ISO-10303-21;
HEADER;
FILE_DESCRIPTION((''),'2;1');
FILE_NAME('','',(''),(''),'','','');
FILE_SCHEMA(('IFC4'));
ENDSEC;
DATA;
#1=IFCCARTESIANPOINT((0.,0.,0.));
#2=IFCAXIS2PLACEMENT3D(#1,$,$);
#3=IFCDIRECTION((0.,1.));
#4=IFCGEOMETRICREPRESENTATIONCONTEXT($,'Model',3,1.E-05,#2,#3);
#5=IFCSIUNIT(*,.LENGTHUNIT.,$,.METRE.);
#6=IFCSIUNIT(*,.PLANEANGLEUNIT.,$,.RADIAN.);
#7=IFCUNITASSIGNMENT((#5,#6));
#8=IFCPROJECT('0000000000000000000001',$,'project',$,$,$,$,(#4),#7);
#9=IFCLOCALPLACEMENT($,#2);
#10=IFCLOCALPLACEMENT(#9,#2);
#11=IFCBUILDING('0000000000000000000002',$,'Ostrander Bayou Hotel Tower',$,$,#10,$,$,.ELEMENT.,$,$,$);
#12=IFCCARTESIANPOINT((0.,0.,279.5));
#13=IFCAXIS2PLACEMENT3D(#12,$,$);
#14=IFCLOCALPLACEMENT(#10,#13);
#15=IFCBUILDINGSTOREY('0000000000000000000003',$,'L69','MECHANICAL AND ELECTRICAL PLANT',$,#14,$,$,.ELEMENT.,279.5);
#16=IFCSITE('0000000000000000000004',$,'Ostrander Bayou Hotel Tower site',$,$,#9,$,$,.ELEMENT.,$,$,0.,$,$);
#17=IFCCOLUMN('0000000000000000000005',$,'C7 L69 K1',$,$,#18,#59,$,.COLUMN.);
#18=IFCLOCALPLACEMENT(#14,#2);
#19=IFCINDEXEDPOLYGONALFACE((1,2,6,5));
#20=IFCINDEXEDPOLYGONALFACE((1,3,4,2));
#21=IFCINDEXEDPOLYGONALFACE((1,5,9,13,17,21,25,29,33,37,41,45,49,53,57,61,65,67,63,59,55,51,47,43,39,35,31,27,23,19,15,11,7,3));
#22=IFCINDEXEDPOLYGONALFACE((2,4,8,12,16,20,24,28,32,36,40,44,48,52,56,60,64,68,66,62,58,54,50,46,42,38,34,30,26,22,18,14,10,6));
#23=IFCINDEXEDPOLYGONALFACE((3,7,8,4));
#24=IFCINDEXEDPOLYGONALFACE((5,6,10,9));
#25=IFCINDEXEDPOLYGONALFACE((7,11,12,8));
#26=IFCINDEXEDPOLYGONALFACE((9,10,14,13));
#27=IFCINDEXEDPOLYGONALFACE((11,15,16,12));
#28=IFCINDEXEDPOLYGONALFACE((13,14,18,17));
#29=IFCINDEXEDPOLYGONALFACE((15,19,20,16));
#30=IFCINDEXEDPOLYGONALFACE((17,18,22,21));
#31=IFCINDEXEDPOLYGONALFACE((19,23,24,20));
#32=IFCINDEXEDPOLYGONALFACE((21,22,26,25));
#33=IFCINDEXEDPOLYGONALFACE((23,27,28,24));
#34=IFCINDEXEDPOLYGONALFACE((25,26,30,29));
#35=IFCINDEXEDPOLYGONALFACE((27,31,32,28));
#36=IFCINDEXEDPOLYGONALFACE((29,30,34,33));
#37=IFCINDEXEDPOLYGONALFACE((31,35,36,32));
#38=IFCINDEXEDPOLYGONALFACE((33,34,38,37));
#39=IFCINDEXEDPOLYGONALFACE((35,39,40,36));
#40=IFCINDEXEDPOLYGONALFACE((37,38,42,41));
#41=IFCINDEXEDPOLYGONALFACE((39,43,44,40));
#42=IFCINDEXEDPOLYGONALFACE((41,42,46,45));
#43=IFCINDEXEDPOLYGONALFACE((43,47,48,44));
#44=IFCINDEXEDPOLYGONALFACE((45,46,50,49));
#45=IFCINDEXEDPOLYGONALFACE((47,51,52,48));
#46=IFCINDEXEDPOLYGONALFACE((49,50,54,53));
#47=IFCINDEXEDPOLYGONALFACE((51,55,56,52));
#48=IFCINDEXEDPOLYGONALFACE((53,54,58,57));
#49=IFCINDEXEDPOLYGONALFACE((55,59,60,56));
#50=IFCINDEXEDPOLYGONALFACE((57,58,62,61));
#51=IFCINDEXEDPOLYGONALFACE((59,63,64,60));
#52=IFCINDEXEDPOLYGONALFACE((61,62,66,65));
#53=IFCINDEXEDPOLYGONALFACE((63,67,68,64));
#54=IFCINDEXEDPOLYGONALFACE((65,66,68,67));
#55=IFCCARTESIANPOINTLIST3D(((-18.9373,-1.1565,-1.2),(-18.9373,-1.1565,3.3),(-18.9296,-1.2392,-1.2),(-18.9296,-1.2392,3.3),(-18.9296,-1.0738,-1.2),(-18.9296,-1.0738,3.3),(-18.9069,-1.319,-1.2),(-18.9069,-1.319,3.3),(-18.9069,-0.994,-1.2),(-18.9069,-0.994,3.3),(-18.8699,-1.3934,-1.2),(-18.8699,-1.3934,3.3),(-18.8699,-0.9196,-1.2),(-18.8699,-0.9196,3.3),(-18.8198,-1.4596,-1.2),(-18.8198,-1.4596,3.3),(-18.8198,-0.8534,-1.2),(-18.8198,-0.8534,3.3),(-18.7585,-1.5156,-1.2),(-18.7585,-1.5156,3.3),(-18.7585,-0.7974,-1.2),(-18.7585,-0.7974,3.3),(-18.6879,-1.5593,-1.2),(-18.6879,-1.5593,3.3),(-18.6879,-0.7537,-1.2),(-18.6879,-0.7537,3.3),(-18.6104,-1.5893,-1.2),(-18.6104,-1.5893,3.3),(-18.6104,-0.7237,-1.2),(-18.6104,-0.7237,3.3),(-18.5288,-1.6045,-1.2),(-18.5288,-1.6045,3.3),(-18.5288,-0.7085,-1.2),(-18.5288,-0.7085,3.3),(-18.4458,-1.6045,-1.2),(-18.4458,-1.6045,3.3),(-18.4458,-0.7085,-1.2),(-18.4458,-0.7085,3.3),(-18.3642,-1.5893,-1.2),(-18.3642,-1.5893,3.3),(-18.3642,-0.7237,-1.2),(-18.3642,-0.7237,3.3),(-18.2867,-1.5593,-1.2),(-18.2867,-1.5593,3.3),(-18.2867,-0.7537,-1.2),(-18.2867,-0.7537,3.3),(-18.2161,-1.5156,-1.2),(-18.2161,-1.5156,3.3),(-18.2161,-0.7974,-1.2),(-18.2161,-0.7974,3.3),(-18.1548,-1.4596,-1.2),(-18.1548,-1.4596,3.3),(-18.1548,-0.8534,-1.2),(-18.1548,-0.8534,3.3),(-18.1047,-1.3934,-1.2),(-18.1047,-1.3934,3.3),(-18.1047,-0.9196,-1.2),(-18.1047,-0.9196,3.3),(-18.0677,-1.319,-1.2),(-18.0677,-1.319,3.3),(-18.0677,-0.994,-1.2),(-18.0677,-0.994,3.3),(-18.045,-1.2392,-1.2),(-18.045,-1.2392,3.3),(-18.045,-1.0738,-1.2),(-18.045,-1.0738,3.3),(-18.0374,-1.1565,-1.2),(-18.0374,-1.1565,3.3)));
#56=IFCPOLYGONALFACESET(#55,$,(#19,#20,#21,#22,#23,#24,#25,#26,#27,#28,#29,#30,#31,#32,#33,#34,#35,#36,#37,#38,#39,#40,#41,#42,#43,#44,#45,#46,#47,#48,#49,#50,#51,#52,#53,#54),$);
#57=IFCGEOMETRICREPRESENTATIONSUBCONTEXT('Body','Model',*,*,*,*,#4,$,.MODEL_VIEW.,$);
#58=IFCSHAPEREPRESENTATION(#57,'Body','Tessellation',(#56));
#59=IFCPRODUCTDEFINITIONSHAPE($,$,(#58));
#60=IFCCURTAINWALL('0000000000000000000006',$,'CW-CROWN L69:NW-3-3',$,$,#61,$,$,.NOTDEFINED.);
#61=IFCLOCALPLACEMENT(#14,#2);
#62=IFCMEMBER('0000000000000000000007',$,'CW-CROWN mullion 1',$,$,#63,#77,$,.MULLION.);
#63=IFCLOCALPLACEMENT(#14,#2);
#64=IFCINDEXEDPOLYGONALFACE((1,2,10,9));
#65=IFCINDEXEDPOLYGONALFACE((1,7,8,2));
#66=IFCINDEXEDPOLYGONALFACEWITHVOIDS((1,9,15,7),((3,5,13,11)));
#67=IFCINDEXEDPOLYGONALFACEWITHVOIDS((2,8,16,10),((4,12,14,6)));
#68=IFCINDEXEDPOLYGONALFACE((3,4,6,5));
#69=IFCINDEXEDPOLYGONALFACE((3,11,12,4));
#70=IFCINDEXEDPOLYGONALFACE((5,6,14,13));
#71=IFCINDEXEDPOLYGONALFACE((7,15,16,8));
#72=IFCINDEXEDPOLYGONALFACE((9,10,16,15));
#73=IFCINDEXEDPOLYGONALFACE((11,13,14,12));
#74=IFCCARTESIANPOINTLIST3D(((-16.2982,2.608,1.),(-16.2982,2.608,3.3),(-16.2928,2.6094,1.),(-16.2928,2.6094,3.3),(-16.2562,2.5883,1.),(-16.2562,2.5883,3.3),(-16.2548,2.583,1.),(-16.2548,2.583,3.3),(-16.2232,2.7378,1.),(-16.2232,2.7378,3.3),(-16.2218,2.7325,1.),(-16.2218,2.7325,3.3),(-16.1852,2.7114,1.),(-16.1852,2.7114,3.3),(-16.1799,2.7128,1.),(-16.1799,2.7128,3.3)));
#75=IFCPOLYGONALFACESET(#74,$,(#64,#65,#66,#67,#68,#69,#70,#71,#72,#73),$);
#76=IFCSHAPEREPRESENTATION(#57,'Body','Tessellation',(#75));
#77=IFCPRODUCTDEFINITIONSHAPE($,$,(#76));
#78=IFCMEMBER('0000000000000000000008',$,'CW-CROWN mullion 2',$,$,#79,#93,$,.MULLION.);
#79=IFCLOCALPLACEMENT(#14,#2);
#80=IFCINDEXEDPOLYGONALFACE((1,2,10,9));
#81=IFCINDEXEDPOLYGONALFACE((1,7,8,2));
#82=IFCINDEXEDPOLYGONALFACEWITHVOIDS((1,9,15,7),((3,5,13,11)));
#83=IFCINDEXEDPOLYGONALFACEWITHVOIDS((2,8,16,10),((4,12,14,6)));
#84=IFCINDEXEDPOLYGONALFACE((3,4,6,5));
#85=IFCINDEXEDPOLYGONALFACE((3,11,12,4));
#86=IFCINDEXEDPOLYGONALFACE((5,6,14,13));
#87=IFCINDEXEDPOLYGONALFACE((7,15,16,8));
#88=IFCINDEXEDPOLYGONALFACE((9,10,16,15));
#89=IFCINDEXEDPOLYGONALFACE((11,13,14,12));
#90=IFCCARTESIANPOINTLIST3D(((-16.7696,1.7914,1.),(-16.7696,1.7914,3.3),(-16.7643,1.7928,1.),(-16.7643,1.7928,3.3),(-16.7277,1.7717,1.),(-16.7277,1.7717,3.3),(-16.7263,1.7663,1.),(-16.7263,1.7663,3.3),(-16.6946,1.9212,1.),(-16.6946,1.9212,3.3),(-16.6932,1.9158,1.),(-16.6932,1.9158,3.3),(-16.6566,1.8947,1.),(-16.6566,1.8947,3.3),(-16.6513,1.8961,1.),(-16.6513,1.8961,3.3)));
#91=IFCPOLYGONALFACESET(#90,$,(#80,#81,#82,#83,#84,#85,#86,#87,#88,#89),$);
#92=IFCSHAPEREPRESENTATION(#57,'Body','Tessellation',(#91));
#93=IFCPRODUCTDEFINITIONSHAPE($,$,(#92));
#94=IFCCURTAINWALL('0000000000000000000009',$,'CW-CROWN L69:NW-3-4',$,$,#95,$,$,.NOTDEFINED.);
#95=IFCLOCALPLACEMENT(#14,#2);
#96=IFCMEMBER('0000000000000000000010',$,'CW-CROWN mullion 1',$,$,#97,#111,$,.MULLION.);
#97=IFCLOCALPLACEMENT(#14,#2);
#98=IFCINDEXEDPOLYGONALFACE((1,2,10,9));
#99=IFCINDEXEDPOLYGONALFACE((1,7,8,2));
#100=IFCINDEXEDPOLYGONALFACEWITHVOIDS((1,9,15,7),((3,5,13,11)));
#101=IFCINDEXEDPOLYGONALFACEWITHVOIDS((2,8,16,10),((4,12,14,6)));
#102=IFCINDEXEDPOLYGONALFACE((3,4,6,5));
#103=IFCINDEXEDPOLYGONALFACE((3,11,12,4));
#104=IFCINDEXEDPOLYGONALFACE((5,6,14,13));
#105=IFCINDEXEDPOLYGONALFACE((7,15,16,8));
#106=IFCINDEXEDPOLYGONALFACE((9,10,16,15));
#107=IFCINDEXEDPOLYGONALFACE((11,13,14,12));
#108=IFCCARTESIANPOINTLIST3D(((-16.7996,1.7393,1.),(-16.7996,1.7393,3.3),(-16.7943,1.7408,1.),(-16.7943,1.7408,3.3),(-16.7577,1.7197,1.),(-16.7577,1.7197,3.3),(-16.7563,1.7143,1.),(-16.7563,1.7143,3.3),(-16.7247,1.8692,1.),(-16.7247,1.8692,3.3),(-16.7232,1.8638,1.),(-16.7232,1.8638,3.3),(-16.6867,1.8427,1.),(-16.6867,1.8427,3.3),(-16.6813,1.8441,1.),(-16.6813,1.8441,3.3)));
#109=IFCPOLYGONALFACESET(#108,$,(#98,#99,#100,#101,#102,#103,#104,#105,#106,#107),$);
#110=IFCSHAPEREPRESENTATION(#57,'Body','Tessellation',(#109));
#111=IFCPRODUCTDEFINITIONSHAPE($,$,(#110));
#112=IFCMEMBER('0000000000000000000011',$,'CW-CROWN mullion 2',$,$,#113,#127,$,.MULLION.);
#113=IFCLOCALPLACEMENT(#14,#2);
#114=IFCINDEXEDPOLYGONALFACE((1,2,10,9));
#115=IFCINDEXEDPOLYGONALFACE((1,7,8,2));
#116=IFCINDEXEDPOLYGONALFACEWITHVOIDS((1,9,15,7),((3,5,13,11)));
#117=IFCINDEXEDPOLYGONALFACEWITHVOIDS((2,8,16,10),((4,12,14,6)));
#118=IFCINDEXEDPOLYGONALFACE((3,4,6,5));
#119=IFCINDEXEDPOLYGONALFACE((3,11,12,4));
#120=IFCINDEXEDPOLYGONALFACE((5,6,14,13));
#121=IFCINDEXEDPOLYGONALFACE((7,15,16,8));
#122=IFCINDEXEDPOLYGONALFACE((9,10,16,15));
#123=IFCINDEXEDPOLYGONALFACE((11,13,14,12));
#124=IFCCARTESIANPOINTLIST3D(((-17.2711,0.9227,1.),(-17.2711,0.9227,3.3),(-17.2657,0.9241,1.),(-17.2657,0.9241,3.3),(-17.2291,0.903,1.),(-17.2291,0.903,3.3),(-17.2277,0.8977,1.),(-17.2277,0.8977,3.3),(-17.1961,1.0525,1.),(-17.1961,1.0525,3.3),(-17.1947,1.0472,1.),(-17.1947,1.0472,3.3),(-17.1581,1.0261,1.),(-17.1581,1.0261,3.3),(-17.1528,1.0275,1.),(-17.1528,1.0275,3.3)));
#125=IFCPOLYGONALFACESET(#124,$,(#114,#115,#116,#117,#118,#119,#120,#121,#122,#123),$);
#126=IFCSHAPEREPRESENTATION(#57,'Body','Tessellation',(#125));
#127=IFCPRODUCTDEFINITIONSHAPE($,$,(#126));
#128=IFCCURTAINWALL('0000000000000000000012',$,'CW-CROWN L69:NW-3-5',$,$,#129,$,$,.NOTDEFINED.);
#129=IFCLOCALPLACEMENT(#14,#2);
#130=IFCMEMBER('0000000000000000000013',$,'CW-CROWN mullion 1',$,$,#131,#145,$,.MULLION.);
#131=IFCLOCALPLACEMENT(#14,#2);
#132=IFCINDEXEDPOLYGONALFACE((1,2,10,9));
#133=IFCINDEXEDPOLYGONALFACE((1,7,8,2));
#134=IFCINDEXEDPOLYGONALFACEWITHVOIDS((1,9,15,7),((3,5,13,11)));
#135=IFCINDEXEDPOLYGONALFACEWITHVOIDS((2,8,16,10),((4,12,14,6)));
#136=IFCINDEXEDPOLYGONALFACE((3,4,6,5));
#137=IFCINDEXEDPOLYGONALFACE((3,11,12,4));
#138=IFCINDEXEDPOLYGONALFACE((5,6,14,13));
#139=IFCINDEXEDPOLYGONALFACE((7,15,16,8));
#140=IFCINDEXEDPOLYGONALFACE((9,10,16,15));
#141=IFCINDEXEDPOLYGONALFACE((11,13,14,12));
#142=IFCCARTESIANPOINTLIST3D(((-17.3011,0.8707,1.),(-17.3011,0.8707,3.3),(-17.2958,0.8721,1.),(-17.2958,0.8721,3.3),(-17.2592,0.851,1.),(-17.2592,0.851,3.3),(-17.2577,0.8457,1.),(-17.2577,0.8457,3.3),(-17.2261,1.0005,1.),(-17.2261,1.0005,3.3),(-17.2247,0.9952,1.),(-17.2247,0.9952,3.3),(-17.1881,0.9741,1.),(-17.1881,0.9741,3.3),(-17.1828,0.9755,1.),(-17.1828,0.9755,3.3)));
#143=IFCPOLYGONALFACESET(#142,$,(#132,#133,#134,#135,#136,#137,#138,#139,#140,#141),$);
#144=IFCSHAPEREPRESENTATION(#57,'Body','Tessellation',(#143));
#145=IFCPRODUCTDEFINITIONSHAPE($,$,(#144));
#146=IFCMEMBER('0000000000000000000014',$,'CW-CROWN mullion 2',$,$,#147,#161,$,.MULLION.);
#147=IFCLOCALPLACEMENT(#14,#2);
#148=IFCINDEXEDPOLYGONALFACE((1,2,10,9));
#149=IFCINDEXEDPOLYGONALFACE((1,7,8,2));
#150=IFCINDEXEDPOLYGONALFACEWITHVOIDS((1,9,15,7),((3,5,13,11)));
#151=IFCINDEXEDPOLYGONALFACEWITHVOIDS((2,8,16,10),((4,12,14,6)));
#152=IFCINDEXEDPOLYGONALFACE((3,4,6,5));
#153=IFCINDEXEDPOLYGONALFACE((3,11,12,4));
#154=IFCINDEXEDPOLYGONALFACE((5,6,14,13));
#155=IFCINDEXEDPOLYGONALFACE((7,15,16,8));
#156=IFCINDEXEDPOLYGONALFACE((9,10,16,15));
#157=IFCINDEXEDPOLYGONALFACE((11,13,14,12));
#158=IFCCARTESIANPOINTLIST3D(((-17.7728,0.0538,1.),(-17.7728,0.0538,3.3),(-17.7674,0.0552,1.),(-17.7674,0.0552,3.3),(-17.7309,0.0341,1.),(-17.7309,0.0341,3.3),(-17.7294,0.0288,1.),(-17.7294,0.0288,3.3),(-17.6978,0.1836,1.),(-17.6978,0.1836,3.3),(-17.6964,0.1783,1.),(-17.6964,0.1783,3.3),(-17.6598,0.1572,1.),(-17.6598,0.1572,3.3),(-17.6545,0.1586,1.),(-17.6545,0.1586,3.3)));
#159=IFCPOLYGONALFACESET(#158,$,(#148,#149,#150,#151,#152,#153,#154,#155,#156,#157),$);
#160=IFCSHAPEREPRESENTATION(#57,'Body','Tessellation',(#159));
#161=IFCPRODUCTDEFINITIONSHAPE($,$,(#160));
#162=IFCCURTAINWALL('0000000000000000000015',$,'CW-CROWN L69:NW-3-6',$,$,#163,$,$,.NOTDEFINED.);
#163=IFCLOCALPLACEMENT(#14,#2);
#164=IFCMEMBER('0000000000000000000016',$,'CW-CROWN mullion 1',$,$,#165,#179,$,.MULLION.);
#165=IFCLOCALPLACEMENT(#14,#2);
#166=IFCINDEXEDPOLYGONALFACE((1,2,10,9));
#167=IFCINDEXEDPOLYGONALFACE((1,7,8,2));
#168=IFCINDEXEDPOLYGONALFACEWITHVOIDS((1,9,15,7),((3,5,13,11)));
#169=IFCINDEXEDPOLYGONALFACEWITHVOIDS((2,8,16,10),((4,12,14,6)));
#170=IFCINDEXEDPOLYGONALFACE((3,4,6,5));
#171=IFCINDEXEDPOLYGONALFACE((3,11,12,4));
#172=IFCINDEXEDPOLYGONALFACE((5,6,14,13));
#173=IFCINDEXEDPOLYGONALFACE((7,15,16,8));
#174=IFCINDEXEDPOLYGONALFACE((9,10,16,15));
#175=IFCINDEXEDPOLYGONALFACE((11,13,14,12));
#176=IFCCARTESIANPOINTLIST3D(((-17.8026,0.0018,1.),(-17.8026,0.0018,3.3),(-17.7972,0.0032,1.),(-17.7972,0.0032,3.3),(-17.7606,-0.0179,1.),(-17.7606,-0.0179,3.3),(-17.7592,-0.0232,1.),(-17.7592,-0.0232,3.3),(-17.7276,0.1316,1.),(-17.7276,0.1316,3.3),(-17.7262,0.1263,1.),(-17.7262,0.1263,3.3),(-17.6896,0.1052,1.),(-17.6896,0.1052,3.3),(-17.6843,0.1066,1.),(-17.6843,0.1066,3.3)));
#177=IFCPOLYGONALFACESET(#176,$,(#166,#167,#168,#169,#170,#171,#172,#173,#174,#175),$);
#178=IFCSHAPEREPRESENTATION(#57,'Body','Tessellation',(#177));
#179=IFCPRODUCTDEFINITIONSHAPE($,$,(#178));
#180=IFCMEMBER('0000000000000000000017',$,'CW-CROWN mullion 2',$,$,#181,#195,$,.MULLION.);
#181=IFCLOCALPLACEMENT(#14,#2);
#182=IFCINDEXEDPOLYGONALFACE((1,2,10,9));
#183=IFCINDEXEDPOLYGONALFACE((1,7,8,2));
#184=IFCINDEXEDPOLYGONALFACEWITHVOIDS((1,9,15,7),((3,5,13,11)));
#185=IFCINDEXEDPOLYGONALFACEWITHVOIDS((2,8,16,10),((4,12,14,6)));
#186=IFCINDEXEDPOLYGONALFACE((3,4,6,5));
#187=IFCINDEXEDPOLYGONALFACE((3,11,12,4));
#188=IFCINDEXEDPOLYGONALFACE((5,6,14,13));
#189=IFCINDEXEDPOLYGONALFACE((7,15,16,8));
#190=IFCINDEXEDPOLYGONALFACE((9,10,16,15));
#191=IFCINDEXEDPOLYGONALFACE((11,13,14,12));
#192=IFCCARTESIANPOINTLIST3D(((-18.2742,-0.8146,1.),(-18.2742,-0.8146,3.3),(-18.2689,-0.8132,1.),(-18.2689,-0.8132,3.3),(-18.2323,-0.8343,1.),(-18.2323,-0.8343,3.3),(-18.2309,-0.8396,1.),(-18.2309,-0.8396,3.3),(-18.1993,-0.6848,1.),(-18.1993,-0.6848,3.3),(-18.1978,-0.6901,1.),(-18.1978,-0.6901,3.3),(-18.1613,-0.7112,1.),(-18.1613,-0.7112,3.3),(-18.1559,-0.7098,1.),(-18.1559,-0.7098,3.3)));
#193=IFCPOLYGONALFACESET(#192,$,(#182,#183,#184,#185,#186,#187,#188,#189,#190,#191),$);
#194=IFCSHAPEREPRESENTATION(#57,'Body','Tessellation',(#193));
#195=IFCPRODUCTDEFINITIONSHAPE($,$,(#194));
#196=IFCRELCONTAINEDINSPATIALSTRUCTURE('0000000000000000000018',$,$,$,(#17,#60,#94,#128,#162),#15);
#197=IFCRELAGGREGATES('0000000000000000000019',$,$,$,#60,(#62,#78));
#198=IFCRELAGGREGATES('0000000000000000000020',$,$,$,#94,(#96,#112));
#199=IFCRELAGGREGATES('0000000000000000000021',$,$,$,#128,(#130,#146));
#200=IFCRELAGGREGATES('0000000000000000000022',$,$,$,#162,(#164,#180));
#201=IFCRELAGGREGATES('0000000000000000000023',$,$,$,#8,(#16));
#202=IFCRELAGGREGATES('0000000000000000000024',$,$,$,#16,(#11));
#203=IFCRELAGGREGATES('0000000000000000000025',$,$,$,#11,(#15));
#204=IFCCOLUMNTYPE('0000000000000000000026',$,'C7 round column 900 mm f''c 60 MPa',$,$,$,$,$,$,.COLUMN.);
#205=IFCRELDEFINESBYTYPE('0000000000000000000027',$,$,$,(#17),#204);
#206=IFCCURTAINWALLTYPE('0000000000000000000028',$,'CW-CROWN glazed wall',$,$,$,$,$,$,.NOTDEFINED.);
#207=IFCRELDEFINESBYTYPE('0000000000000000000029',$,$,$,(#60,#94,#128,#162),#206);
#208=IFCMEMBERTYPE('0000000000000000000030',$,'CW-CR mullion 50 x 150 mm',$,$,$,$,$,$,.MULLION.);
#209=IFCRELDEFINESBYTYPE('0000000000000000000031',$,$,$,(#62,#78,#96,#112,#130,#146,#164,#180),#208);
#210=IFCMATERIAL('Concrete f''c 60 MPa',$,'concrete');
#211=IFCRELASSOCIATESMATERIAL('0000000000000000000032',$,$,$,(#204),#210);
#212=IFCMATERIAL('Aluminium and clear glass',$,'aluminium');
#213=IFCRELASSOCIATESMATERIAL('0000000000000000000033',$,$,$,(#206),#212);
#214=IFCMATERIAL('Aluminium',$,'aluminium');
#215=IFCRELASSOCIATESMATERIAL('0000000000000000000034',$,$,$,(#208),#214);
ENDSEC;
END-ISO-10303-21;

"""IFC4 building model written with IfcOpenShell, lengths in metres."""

from ifc_helpers import new_model, si_unit, direction, frame, origin, origin_2d, place, context, subcontext, project, spatial, hollow_rectangle, circle, extrude, material, material_profile, profile_set, type_object, element, aggregate, save


model = new_model("IFC4")

# Units and contexts
model_context = context("Model", 3, precision=1e-05, world=origin(), true_north=direction((0.0, 1.0)))
body_context = subcontext(model_context, "Body", "Model", "MODEL_VIEW")
ifc_project = project(units=[si_unit("LENGTHUNIT", "METRE"), si_unit("PLANEANGLEUNIT", "RADIAN")], contexts=[model_context])

# Site, building, storey
site_placement = place(None, origin())
site = spatial("IfcSite", under=ifc_project, at=site_placement, Name="Ostrander Bayou Hotel Tower site", CompositionType="ELEMENT", RefElevation=0.0)
building_placement = place(site_placement, origin())
building = spatial("IfcBuilding", under=site, at=building_placement, Name="Ostrander Bayou Hotel Tower", CompositionType="ELEMENT")
storey_placement = place(building_placement, frame((0.0, 0.0, 279.5)))
storey = spatial("IfcBuildingStorey", under=building, at=storey_placement, Name="L69", Description="MECHANICAL AND ELECTRICAL PLANT", CompositionType="ELEMENT", Elevation=279.5)

# Column
ifc_material_1 = material(Name="Concrete f'c 60 MPa", Category="concrete")
ifc_material_profile_1 = material_profile(ifc_material_1, circle(Radius=0.45, at=origin_2d()))
ifc_profile_set_1 = profile_set([ifc_material_profile_1], Name="Concrete f'c 60 MPa")
column_type = type_object("IfcColumnType", Name="C7 round column 900 mm f'c 60 MPa", PredefinedType="COLUMN", material=ifc_profile_set_1)
column_placement = place(storey_placement, frame((-18.4873, -1.1565, -1.2), z_axis=(0.0, 0.0, 1.0), x_axis=(1.0, 0.0, 0.0)))
element("IfcColumn", 1, at=column_placement, inside=storey, type_object=column_type, Name="C7 L69 K1", PredefinedType="COLUMN", context=body_context, shape_type="SweptSolid", body=[
    extrude(circle(Radius=0.45, at=origin_2d()), origin(), (0.0, 0.0, 1.0), 4.5),
])

# Curtain walls, members
ifc_material_2 = material(Name="Aluminium and clear glass", Category="aluminium")
curtain_wall_type = type_object("IfcCurtainWallType", Name="CW-CROWN glazed wall", PredefinedType="NOTDEFINED", material=ifc_material_2)
curtain_wall_1_placement = place(storey_placement, origin())
curtain_wall_1 = element("IfcCurtainWall", 2, at=curtain_wall_1_placement, inside=storey, type_object=curtain_wall_type, Name="CW-CROWN L69:NW-3-3", PredefinedType="NOTDEFINED")
ifc_material_3 = material(Name="Aluminium", Category="aluminium")
ifc_material_profile_2 = material_profile(ifc_material_3, hollow_rectangle(XDim=0.05, YDim=0.1499, WallThickness=0.0039, at=origin_2d()))
ifc_profile_set_2 = profile_set([ifc_material_profile_2], Name="Aluminium")
member_type_1 = type_object("IfcMemberType", Name="CW-CR mullion 50 x 150 mm", PredefinedType="MULLION", material=ifc_profile_set_2)
member_1_placement = place(storey_placement, frame((-16.239, 2.6604, 1.0), z_axis=(0.0, 0.0, 1.0), x_axis=(0.86602, -0.50001, 0.0)))
member_1 = element("IfcMember", 3, at=member_1_placement, type_object=member_type_1, Name="CW-CROWN mullion 1", PredefinedType="MULLION", context=body_context, shape_type="SweptSolid", body=[
    extrude(hollow_rectangle(XDim=0.05, YDim=0.1499, WallThickness=0.0039, at=origin_2d()), origin(), (0.0, 0.0, 1.0), 2.3),
])
member_2_placement = place(storey_placement, frame((-16.7104, 1.8438, 1.0), z_axis=(0.0, 0.0, 1.0), x_axis=(0.86602, -0.50001, 0.0)))
member_2 = element("IfcMember", 4, at=member_2_placement, type_object=member_type_1, Name="CW-CROWN mullion 2", PredefinedType="MULLION", context=body_context, shape_type="SweptSolid", body=[
    extrude(hollow_rectangle(XDim=0.05, YDim=0.1499, WallThickness=0.0039, at=origin_2d()), origin(), (0.0, 0.0, 1.0), 2.3),
])
curtain_wall_2_placement = place(storey_placement, origin())
curtain_wall_2 = element("IfcCurtainWall", 5, at=curtain_wall_2_placement, inside=storey, type_object=curtain_wall_type, Name="CW-CROWN L69:NW-3-4", PredefinedType="NOTDEFINED")
member_3_placement = place(storey_placement, frame((-16.7405, 1.7917, 1.0), z_axis=(0.0, 0.0, 1.0), x_axis=(0.866044, -0.499967, 0.0)))
member_3 = element("IfcMember", 6, at=member_3_placement, type_object=member_type_1, Name="CW-CROWN mullion 1", PredefinedType="MULLION", context=body_context, shape_type="SweptSolid", body=[
    extrude(hollow_rectangle(XDim=0.05, YDim=0.1499, WallThickness=0.0039, at=origin_2d()), origin(), (0.0, 0.0, 1.0), 2.3),
])
member_4_placement = place(storey_placement, frame((-17.2119, 0.9751, 1.0), z_axis=(0.0, 0.0, 1.0), x_axis=(0.866044, -0.499967, 0.0)))
member_4 = element("IfcMember", 7, at=member_4_placement, type_object=member_type_1, Name="CW-CROWN mullion 2", PredefinedType="MULLION", context=body_context, shape_type="SweptSolid", body=[
    extrude(hollow_rectangle(XDim=0.05, YDim=0.1499, WallThickness=0.0039, at=origin_2d()), origin(), (0.0, 0.0, 1.0), 2.3),
])
curtain_wall_3_placement = place(storey_placement, origin())
curtain_wall_3 = element("IfcCurtainWall", 8, at=curtain_wall_3_placement, inside=storey, type_object=curtain_wall_type, Name="CW-CROWN L69:NW-3-5", PredefinedType="NOTDEFINED")
member_5_placement = place(storey_placement, frame((-17.2419, 0.9231, 1.0), z_axis=(0.0, 0.0, 1.0), x_axis=(0.866044, -0.499967, 0.0)))
member_5 = element("IfcMember", 9, at=member_5_placement, type_object=member_type_1, Name="CW-CROWN mullion 1", PredefinedType="MULLION", context=body_context, shape_type="SweptSolid", body=[
    extrude(hollow_rectangle(XDim=0.05, YDim=0.1499, WallThickness=0.0039, at=origin_2d()), origin(), (0.0, 0.0, 1.0), 2.3),
])
member_6_placement = place(storey_placement, frame((-17.7136, 0.1062, 1.0), z_axis=(0.0, 0.0, 1.0), x_axis=(0.866044, -0.499967, 0.0)))
member_6 = element("IfcMember", 10, at=member_6_placement, type_object=member_type_1, Name="CW-CROWN mullion 2", PredefinedType="MULLION", context=body_context, shape_type="SweptSolid", body=[
    extrude(hollow_rectangle(XDim=0.05, YDim=0.1499, WallThickness=0.0039, at=origin_2d()), origin(), (0.0, 0.0, 1.0), 2.3),
])
curtain_wall_4_placement = place(storey_placement, origin())
curtain_wall_4 = element("IfcCurtainWall", 11, at=curtain_wall_4_placement, inside=storey, type_object=curtain_wall_type, Name="CW-CROWN L69:NW-3-6", PredefinedType="NOTDEFINED")
member_7_placement = place(storey_placement, frame((-17.7434, 0.0542, 1.0), z_axis=(0.0, 0.0, 1.0), x_axis=(0.865976, -0.500085, 0.0)))
member_7 = element("IfcMember", 12, at=member_7_placement, type_object=member_type_1, Name="CW-CROWN mullion 1", PredefinedType="MULLION", context=body_context, shape_type="SweptSolid", body=[
    extrude(hollow_rectangle(XDim=0.05, YDim=0.1499, WallThickness=0.0039, at=origin_2d()), origin(), (0.0, 0.0, 1.0), 2.3),
])
member_8_placement = place(storey_placement, frame((-18.2151, -0.7622, 1.0), z_axis=(0.0, 0.0, 1.0), x_axis=(0.865976, -0.500085, 0.0)))
member_8 = element("IfcMember", 13, at=member_8_placement, type_object=member_type_1, Name="CW-CROWN mullion 2", PredefinedType="MULLION", context=body_context, shape_type="SweptSolid", body=[
    extrude(hollow_rectangle(XDim=0.05, YDim=0.1499, WallThickness=0.0039, at=origin_2d()), origin(), (0.0, 0.0, 1.0), 2.3),
])

aggregate(curtain_wall_1, [member_1, member_2])
aggregate(curtain_wall_2, [member_3, member_4])
aggregate(curtain_wall_3, [member_5, member_6])
aggregate(curtain_wall_4, [member_7, member_8])

save(model, "model.ifc")
